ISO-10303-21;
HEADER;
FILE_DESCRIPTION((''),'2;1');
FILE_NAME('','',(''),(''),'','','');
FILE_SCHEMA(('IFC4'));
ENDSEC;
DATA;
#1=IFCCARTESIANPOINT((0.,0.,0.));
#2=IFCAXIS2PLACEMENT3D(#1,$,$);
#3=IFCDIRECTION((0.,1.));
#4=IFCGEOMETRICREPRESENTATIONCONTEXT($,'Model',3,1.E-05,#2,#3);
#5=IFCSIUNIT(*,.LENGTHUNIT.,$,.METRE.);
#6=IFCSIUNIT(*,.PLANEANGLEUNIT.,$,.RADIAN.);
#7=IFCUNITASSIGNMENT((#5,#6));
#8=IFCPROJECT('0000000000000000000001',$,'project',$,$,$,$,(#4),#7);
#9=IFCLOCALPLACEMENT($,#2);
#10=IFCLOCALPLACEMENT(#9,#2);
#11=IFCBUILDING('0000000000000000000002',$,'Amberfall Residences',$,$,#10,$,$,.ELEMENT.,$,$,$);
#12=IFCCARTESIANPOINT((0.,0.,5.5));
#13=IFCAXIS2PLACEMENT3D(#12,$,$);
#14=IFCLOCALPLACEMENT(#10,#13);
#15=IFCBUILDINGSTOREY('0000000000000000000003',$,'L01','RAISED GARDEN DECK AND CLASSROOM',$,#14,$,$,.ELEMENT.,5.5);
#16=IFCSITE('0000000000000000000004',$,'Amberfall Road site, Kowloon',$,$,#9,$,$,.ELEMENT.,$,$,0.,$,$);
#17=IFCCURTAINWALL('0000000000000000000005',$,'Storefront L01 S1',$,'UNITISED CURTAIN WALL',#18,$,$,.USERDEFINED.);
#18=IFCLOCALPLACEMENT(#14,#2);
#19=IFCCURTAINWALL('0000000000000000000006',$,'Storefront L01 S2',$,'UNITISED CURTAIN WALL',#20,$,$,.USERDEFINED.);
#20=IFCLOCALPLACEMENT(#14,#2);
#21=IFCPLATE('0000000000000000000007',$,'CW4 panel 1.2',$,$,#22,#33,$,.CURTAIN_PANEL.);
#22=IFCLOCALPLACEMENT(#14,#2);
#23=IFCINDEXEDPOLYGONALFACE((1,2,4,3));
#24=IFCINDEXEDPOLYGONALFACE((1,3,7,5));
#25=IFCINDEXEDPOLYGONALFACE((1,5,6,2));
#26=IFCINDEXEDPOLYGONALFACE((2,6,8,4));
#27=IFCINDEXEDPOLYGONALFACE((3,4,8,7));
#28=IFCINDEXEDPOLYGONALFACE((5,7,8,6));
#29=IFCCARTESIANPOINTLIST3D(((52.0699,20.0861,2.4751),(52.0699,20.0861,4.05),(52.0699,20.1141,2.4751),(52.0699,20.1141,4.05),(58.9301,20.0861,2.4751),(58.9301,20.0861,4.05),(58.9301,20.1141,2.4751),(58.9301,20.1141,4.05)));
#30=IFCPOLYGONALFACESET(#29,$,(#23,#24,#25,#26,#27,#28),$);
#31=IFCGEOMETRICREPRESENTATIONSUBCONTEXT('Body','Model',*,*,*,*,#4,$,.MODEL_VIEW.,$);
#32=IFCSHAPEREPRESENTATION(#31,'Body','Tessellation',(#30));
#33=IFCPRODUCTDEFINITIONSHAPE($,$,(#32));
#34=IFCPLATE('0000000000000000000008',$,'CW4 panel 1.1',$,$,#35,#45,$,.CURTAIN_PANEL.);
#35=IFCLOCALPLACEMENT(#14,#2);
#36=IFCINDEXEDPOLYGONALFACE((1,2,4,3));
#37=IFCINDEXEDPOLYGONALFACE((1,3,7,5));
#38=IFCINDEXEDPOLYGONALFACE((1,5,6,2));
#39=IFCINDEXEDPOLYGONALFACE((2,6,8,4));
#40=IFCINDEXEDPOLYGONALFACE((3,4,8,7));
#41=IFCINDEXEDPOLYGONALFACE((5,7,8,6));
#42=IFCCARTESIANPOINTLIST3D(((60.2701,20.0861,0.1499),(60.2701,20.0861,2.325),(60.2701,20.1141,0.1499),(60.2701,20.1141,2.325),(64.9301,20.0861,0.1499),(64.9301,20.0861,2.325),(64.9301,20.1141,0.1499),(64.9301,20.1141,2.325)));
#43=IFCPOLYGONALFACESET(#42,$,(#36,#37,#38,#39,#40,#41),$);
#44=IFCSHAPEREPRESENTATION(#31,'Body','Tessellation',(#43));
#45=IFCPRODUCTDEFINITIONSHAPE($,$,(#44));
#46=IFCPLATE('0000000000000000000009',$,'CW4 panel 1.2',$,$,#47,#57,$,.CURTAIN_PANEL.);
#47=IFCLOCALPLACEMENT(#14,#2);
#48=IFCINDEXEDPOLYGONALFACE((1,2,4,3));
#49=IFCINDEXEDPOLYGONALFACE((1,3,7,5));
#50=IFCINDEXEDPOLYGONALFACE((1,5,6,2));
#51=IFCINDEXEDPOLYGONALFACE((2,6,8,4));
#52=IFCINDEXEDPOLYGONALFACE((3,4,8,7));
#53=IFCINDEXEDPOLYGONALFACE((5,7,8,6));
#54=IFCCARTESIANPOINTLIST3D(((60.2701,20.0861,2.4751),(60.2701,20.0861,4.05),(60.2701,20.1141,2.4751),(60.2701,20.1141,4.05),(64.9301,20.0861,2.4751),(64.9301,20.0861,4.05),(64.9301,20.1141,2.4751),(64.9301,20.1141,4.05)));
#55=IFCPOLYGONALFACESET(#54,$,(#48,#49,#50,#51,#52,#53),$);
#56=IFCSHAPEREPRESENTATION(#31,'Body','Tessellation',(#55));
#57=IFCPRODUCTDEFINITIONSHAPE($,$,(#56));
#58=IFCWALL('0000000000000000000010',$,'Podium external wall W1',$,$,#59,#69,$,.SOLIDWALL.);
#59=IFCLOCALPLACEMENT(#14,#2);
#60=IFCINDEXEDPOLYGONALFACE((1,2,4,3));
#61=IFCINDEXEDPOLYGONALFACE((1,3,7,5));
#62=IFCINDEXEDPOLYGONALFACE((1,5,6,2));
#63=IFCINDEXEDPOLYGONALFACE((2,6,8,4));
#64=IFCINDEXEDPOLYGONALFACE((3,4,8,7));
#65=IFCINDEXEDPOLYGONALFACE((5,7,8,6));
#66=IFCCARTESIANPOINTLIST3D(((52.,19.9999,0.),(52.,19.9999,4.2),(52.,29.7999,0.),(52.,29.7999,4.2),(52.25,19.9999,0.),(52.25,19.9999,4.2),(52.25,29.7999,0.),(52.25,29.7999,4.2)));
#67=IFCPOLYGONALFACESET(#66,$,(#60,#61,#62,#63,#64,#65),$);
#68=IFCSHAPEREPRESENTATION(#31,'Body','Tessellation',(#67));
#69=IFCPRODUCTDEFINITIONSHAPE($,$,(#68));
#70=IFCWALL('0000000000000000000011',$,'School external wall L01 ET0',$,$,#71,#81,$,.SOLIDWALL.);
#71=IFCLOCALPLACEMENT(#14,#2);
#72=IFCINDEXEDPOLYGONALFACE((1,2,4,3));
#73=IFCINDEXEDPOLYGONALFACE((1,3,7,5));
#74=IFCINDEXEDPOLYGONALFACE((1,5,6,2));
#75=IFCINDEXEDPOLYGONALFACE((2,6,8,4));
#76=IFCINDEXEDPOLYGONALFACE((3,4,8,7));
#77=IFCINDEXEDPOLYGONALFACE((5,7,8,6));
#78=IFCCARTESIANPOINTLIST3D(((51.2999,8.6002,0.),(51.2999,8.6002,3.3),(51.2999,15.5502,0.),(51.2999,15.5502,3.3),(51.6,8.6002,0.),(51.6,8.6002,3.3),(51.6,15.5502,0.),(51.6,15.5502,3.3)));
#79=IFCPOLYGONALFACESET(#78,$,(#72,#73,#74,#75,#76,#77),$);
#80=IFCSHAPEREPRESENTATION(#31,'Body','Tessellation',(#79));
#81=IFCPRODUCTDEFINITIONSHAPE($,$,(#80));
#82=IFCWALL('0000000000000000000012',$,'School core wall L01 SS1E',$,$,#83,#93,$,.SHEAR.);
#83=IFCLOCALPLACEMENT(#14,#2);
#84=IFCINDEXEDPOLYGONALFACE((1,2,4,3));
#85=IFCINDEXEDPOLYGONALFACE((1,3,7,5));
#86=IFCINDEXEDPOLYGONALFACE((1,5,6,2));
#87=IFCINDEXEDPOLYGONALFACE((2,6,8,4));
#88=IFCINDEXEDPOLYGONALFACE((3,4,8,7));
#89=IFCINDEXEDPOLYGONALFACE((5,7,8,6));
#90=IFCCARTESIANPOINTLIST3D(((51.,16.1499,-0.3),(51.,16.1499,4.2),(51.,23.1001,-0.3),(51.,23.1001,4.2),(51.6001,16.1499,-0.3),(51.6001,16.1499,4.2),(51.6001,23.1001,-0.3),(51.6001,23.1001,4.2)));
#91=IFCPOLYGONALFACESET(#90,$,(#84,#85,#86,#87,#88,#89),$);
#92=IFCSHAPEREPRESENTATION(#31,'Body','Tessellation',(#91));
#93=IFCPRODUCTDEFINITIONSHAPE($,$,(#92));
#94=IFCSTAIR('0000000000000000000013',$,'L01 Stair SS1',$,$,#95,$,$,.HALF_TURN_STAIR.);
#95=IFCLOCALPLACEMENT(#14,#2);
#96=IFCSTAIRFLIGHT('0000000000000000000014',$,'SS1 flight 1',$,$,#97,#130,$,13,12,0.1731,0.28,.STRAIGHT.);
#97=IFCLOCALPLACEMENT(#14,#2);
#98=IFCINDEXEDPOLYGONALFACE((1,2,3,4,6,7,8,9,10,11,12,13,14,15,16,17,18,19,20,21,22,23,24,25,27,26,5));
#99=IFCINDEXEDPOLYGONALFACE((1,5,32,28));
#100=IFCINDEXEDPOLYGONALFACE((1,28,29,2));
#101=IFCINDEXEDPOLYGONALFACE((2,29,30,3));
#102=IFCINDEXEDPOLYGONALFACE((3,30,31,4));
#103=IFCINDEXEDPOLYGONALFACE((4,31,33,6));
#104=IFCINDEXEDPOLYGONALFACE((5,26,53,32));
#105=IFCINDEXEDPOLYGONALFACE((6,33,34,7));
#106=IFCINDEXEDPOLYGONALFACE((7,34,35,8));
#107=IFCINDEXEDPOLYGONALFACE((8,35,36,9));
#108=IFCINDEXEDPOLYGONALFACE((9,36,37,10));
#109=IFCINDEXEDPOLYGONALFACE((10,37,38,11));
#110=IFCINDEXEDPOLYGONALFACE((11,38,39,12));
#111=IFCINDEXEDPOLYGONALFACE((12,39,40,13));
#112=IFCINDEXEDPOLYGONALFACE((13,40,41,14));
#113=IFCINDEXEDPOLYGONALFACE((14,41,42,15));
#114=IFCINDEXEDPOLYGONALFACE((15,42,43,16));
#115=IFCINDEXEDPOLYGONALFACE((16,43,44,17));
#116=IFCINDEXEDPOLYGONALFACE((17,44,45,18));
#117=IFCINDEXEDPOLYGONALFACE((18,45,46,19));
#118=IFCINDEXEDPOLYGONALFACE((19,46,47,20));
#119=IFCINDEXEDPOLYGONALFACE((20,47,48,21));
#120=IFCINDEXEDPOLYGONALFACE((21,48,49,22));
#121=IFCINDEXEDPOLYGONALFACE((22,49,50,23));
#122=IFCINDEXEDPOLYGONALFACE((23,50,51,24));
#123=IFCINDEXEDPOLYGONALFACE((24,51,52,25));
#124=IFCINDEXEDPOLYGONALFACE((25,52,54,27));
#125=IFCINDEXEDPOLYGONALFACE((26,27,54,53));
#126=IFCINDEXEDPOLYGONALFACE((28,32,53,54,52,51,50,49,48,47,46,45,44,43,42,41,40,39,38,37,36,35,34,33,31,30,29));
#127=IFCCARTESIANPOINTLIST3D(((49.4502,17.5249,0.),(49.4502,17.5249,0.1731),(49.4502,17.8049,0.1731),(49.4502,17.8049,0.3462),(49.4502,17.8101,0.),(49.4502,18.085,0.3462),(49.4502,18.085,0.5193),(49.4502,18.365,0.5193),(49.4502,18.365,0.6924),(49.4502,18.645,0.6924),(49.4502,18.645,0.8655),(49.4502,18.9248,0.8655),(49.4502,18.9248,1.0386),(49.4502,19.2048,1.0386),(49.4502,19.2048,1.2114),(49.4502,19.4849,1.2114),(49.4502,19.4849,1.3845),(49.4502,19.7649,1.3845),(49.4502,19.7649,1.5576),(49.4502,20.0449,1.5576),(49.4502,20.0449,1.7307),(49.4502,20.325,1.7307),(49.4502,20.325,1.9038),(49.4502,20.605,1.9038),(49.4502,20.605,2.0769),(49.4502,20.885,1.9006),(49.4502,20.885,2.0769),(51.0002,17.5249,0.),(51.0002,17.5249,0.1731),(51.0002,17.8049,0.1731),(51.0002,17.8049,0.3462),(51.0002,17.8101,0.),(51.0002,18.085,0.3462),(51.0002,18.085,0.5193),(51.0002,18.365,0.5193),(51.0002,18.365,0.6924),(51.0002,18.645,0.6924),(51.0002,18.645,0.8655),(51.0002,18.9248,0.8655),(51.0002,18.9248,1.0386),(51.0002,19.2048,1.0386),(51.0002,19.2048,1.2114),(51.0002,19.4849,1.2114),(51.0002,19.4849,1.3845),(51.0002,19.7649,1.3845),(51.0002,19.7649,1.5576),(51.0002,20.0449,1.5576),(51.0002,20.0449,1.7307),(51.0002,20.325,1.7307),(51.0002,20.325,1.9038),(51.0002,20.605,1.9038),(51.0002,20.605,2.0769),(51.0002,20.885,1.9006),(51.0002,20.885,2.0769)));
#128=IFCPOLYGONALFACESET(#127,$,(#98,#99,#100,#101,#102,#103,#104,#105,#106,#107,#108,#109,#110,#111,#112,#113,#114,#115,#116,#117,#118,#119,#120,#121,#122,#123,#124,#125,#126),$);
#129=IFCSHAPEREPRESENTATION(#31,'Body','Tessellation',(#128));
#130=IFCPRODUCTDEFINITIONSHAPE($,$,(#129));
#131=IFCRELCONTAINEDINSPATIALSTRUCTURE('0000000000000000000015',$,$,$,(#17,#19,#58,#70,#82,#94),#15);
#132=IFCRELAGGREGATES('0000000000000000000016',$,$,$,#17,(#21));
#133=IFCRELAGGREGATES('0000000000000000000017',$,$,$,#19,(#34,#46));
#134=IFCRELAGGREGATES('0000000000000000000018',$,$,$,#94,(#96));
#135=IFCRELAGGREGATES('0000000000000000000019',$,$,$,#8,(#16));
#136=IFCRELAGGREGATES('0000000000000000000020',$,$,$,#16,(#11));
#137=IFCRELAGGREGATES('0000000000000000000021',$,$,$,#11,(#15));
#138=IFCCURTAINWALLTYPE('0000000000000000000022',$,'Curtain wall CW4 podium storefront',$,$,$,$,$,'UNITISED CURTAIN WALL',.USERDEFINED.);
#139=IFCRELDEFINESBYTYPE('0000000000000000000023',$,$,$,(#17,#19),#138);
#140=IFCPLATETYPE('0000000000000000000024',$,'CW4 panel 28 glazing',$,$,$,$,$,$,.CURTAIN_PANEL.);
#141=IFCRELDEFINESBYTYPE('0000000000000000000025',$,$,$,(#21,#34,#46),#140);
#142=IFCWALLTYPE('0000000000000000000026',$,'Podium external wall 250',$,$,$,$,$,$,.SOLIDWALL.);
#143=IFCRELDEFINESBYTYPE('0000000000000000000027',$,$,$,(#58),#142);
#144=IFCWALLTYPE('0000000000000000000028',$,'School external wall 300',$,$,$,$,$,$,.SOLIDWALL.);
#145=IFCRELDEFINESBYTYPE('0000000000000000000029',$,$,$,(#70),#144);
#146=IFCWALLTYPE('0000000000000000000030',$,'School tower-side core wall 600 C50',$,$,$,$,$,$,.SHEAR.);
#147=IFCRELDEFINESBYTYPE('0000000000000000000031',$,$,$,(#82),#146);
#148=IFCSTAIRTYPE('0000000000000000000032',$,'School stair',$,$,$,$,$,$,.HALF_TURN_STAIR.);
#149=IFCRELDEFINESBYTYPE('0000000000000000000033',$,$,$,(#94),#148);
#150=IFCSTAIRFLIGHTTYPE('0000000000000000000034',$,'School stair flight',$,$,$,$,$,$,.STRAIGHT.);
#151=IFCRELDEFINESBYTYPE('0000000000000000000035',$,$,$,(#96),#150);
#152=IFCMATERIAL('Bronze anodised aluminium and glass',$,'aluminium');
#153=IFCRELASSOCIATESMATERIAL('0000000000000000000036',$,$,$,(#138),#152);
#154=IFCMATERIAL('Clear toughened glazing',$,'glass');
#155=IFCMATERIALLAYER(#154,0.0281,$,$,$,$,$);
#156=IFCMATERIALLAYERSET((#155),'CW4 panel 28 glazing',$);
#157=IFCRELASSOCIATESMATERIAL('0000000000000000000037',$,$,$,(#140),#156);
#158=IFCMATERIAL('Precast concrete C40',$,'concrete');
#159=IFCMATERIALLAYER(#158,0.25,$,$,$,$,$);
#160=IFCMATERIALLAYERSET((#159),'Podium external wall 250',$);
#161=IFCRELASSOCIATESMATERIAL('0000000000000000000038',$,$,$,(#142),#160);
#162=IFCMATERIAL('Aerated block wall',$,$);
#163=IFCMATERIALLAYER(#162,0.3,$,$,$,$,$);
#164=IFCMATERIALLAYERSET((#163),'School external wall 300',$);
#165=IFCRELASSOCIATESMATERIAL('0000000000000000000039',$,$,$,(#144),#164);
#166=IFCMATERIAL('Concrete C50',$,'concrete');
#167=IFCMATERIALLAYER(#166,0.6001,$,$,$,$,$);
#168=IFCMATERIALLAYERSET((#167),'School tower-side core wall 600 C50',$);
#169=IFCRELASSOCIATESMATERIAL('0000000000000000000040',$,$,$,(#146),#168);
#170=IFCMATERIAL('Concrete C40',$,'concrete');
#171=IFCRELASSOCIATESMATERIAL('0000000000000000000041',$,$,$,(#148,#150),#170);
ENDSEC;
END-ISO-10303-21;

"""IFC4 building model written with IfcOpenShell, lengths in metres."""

from ifc_helpers import new_model, si_unit, direction, frame, frame_2d, origin, origin_2d, place, context, subcontext, project, spatial, polyline, rectangle, outline, extrude, material, layer, layer_set, type_object, element, aggregate, save


model = new_model("IFC4")

# Units and contexts
model_context = context("Model", 3, precision=1e-05, world=origin(), true_north=direction((0.0, 1.0)))
body_context = subcontext(model_context, "Body", "Model", "MODEL_VIEW")
ifc_project = project(units=[si_unit("LENGTHUNIT", "METRE"), si_unit("PLANEANGLEUNIT", "RADIAN")], contexts=[model_context])

# Site, building, storey
site_placement = place(None, origin())
site = spatial("IfcSite", under=ifc_project, at=site_placement, Name="Amberfall Road site, Kowloon", CompositionType="ELEMENT", RefElevation=0.0)
building_placement = place(site_placement, origin())
building = spatial("IfcBuilding", under=site, at=building_placement, Name="Amberfall Residences", CompositionType="ELEMENT")
storey_placement = place(building_placement, frame((0.0, 0.0, 5.5)))
storey = spatial("IfcBuildingStorey", under=building, at=storey_placement, Name="L01", Description="RAISED GARDEN DECK AND CLASSROOM", CompositionType="ELEMENT", Elevation=5.5)

# Shared definitions
ifc_material_1 = material(Name="Concrete C50", Category="concrete")

# Curtain walls
ifc_material_2 = material(Name="Bronze anodised aluminium and glass", Category="aluminium")
curtain_wall_type = type_object("IfcCurtainWallType", Name="Curtain wall CW4 podium storefront", ElementType="UNITISED CURTAIN WALL", PredefinedType="USERDEFINED", material=ifc_material_2)
curtain_wall_1_placement = place(storey_placement, origin())
curtain_wall_1 = element("IfcCurtainWall", 1, at=curtain_wall_1_placement, inside=storey, type_object=curtain_wall_type, Name="Storefront L01 S1", ObjectType="UNITISED CURTAIN WALL", PredefinedType="USERDEFINED")
curtain_wall_2_placement = place(storey_placement, origin())
curtain_wall_2 = element("IfcCurtainWall", 2, at=curtain_wall_2_placement, inside=storey, type_object=curtain_wall_type, Name="Storefront L01 S2", ObjectType="UNITISED CURTAIN WALL", PredefinedType="USERDEFINED")

# Shared definitions
ifc_material_3 = material(Name="Concrete C40", Category="concrete")

# Plates
ifc_material_4 = material(Name="Clear toughened glazing", Category="glass")
ifc_layer_1 = layer(ifc_material_4, 0.0281)
ifc_layer_set_1 = layer_set([ifc_layer_1], Name="CW4 panel 28 glazing")
plate_type = type_object("IfcPlateType", Name="CW4 panel 28 glazing", PredefinedType="CURTAIN_PANEL", material=ifc_layer_set_1)
plate_1_placement = place(storey_placement, frame((55.5, 20.1001, 2.4751), z_axis=(0.0, 0.0, 1.0), x_axis=(1.0, 0.0, 0.0)))
plate_1 = element("IfcPlate", 3, at=plate_1_placement, type_object=plate_type, Name="CW4 panel 1.2", PredefinedType="CURTAIN_PANEL", context=body_context, shape_type="SweptSolid", body=[
    extrude(rectangle(XDim=6.8601, YDim=0.0281, at=origin_2d()), origin(), (0.0, 0.0, 1.0), 1.575),
])
aggregate(curtain_wall_1, [plate_1])
plate_2_placement = place(storey_placement, frame((62.6001, 20.1001, 0.1499), z_axis=(0.0, 0.0, 1.0), x_axis=(1.0, 0.0, 0.0)))
plate_2 = element("IfcPlate", 4, at=plate_2_placement, type_object=plate_type, Name="CW4 panel 1.1", PredefinedType="CURTAIN_PANEL", context=body_context, shape_type="SweptSolid", body=[
    extrude(rectangle(XDim=4.6599, YDim=0.0281, at=origin_2d()), origin(), (0.0, 0.0, 1.0), 2.175),
])
plate_3_placement = place(storey_placement, frame((62.6001, 20.1001, 2.4751), z_axis=(0.0, 0.0, 1.0), x_axis=(1.0, 0.0, 0.0)))
plate_3 = element("IfcPlate", 5, at=plate_3_placement, type_object=plate_type, Name="CW4 panel 1.2", PredefinedType="CURTAIN_PANEL", context=body_context, shape_type="SweptSolid", body=[
    extrude(rectangle(XDim=4.6599, YDim=0.0281, at=origin_2d()), origin(), (0.0, 0.0, 1.0), 1.575),
])
aggregate(curtain_wall_2, [plate_2, plate_3])

# Walls
ifc_material_5 = material(Name="Precast concrete C40", Category="concrete")
ifc_layer_2 = layer(ifc_material_5, 0.25)
ifc_layer_set_2 = layer_set([ifc_layer_2], Name="Podium external wall 250")
wall_type_1 = type_object("IfcWallType", Name="Podium external wall 250", PredefinedType="SOLIDWALL", material=ifc_layer_set_2)
wall_1_placement = place(storey_placement, frame((52.125, 20.0, 0.0), z_axis=(0.0, 0.0, 1.0), x_axis=(0.0, 1.0, 0.0)))
element("IfcWall", 6, at=wall_1_placement, inside=storey, type_object=wall_type_1, Name="Podium external wall W1", PredefinedType="SOLIDWALL", context=body_context, shape_type="SweptSolid", body=[
    extrude(rectangle(XDim=9.8, YDim=0.25, at=frame_2d((4.8999, 0.0))), origin(), (0.0, 0.0, 1.0), 4.2),
])
ifc_material_6 = material(Name="Aerated block wall")
ifc_layer_3 = layer(ifc_material_6, 0.3)
ifc_layer_set_3 = layer_set([ifc_layer_3], Name="School external wall 300")
wall_type_2 = type_object("IfcWallType", Name="School external wall 300", PredefinedType="SOLIDWALL", material=ifc_layer_set_3)
wall_2_placement = place(storey_placement, frame((51.45, 8.6001, 0.0), z_axis=(0.0, 0.0, 1.0), x_axis=(0.0, 1.0, 0.0)))
element("IfcWall", 7, at=wall_2_placement, inside=storey, type_object=wall_type_2, Name="School external wall L01 ET0", PredefinedType="SOLIDWALL", context=body_context, shape_type="SweptSolid", body=[
    extrude(rectangle(XDim=6.95, YDim=0.3, at=frame_2d((3.4751, 0.0))), origin(), (0.0, 0.0, 1.0), 3.3),
])
ifc_layer_4 = layer(ifc_material_1, 0.6001)
ifc_layer_set_4 = layer_set([ifc_layer_4], Name="School tower-side core wall 600 C50")
wall_type_3 = type_object("IfcWallType", Name="School tower-side core wall 600 C50", PredefinedType="SHEAR", material=ifc_layer_set_4)
wall_3_placement = place(storey_placement, frame((51.3, 16.1499, -0.3), z_axis=(0.0, 0.0, 1.0), x_axis=(0.0, 1.0, 0.0)))
element("IfcWall", 8, at=wall_3_placement, inside=storey, type_object=wall_type_3, Name="School core wall L01 SS1E", PredefinedType="SHEAR", context=body_context, shape_type="SweptSolid", body=[
    extrude(rectangle(XDim=6.9502, YDim=0.6001, at=frame_2d((3.4751, 0.0))), origin(), (0.0, 0.0, 1.0), 4.5),
])

# Stair, stair flight
stair_type = type_object("IfcStairType", Name="School stair", PredefinedType="HALF_TURN_STAIR", material=ifc_material_3)
stair_placement = place(storey_placement, origin())
stair = element("IfcStair", 9, at=stair_placement, inside=storey, type_object=stair_type, Name="L01 Stair SS1", PredefinedType="HALF_TURN_STAIR")
stair_flight_type = type_object("IfcStairFlightType", Name="School stair flight", PredefinedType="STRAIGHT", material=ifc_material_3)
stair_flight_placement = place(storey_placement, frame((50.2251, 17.5249, 0.0), z_axis=(0.0, 0.0, 1.0), x_axis=(0.0, 1.0, 0.0)))
stair_flight = element("IfcStairFlight", 10, at=stair_flight_placement, type_object=stair_flight_type, Name="SS1 flight 1", NumberOfRisers=13, NumberOfTreads=12, PredefinedType="STRAIGHT", RiserHeight=0.1731, TreadLength=0.28, context=body_context, shape_type="SweptSolid", body=[
    extrude(outline(polyline([(0.0, 0.0), (0.0, 0.1731), (0.28, 0.1731), (0.28, 0.3462), (0.5601, 0.3462), (0.5601, 0.5193), (0.8401, 0.5193), (0.8401, 0.6924), (1.1201, 0.6924), (1.1201, 0.8655), (1.3999, 0.8655), (1.3999, 1.0386), (1.6799, 1.0386), (1.6799, 1.2114), (1.96, 1.2114), (1.96, 1.3845), (2.24, 1.3845), (2.24, 1.5576), (2.52, 1.5576), (2.52, 1.7307), (2.8, 1.7307), (2.8, 1.9038), (3.0801, 1.9038), (3.0801, 2.0769), (3.3601, 2.0769), (3.3601, 2.25), (3.3601, 1.9006), (0.2852, 0.0), (0.0, 0.0)])), frame((0.0, 0.7749, 0.0), z_axis=(0.0, -1.0, 0.0), x_axis=(1.0, 0.0, 0.0)), (0.0, 0.0, 1.0), 1.55),
])
aggregate(stair, [stair_flight])

save(model, "model.ifc")
